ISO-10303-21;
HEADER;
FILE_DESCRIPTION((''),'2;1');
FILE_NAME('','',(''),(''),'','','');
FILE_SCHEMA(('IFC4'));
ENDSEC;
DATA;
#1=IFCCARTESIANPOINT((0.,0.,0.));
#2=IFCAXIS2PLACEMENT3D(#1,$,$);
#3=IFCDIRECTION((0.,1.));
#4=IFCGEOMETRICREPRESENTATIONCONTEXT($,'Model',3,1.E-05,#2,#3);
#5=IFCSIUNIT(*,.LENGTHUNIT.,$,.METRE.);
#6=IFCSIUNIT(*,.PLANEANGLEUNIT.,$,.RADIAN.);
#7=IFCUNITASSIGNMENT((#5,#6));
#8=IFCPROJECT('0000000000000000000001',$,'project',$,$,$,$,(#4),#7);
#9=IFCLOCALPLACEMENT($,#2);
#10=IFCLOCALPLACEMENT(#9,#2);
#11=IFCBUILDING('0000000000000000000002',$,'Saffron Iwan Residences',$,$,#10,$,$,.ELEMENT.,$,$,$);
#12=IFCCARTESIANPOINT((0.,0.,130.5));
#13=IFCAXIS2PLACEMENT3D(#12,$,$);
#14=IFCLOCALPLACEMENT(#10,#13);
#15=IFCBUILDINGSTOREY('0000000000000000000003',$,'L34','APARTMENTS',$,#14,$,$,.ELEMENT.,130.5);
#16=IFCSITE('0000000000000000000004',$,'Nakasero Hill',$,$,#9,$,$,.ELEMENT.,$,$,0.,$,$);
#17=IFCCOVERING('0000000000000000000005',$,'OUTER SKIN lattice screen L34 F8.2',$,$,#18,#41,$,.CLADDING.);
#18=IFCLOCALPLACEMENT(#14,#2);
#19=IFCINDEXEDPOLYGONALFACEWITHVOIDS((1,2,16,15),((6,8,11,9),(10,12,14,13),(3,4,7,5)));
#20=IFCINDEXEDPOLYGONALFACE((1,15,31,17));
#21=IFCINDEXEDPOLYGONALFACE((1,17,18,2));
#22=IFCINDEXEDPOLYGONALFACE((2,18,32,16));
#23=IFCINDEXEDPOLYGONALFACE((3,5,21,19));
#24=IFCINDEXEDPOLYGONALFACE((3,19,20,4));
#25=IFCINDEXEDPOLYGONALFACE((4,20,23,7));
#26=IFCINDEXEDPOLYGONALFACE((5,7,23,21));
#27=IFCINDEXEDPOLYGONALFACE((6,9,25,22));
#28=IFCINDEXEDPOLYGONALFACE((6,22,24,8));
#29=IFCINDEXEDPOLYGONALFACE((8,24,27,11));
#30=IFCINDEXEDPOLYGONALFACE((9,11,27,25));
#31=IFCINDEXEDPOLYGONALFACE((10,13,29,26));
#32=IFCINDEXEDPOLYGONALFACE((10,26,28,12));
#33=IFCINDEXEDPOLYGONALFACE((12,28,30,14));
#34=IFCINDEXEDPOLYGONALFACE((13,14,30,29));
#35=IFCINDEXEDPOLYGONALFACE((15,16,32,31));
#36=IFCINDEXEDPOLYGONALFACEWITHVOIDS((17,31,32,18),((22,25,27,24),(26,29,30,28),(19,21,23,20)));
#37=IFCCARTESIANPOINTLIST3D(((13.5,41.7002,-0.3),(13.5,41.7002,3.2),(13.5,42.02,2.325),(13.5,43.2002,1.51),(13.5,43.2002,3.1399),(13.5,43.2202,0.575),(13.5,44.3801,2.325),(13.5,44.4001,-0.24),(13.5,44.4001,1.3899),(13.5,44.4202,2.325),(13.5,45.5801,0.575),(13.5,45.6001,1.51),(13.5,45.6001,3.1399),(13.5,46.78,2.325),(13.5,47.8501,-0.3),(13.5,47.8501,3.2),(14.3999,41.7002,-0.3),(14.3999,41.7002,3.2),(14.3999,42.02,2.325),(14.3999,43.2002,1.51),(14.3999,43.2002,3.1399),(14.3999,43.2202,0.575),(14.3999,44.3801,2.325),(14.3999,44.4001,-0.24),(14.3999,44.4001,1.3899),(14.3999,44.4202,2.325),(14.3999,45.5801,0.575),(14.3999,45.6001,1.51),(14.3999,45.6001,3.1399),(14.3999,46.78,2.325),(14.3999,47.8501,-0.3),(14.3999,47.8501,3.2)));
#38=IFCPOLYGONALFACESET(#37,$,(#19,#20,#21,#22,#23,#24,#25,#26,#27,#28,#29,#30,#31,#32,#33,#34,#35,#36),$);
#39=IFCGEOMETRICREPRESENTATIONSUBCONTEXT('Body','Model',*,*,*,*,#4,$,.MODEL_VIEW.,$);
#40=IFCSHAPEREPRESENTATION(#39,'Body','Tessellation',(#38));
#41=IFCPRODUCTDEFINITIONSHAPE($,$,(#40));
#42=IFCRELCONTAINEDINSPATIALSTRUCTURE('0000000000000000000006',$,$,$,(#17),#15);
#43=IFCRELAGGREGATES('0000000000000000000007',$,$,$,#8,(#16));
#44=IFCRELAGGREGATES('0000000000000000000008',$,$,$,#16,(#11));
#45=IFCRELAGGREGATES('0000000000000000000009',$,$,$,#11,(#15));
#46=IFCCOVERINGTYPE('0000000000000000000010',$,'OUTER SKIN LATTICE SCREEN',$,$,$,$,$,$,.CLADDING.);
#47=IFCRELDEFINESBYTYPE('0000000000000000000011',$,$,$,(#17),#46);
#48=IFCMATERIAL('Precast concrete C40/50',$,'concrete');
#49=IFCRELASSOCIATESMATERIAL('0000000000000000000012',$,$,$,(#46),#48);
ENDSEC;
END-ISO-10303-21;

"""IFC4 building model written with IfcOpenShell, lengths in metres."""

from ifc_helpers import new_model, si_unit, direction, frame, origin, place, context, subcontext, project, spatial, polyline, outline, extrude, material, type_object, element, save


model = new_model("IFC4")

# Units and contexts
model_context = context("Model", 3, precision=1e-05, world=origin(), true_north=direction((0.0, 1.0)))
body_context = subcontext(model_context, "Body", "Model", "MODEL_VIEW")
ifc_project = project(units=[si_unit("LENGTHUNIT", "METRE"), si_unit("PLANEANGLEUNIT", "RADIAN")], contexts=[model_context])

# Site, building, storey
site_placement = place(None, origin())
site = spatial("IfcSite", under=ifc_project, at=site_placement, Name="Nakasero Hill", CompositionType="ELEMENT", RefElevation=0.0)
building_placement = place(site_placement, origin())
building = spatial("IfcBuilding", under=site, at=building_placement, Name="Saffron Iwan Residences", CompositionType="ELEMENT")
storey_placement = place(building_placement, frame((0.0, 0.0, 130.5)))
storey = spatial("IfcBuildingStorey", under=building, at=storey_placement, Name="L34", Description="APARTMENTS", CompositionType="ELEMENT", Elevation=130.5)

# Covering
ifc_material_1 = material(Name="Precast concrete C40/50", Category="concrete")
covering_type = type_object("IfcCoveringType", Name="OUTER SKIN LATTICE SCREEN", PredefinedType="CLADDING", material=ifc_material_1)
covering_placement = place(storey_placement, frame((14.3999, 47.8501, -0.3), z_axis=(-1.0, 0.0, 0.0), x_axis=(0.0, -1.0, 0.0)))
element("IfcCovering", 1, at=covering_placement, inside=storey, type_object=covering_type, Name="OUTER SKIN lattice screen L34 F8.2", PredefinedType="CLADDING", context=body_context, shape_type="SweptSolid", body=[
    extrude(outline(polyline([(0.0, 0.0), (6.1499, 0.0), (6.1499, 3.5), (0.0, 3.5), (0.0, 0.0)]), holes=[polyline([(2.27, 0.875), (3.45, 0.0601), (4.6299, 0.875), (3.45, 1.6899), (2.27, 0.875)]), polyline([(1.0701, 2.625), (2.25, 1.8101), (3.4299, 2.625), (2.25, 3.4399), (1.0701, 2.625)]), polyline([(3.47, 2.625), (4.6499, 1.8101), (5.8301, 2.625), (4.6499, 3.4399), (3.47, 2.625)])]), origin(), (0.0, 0.0, 1.0), 0.8999),
])

save(model, "model.ifc")
